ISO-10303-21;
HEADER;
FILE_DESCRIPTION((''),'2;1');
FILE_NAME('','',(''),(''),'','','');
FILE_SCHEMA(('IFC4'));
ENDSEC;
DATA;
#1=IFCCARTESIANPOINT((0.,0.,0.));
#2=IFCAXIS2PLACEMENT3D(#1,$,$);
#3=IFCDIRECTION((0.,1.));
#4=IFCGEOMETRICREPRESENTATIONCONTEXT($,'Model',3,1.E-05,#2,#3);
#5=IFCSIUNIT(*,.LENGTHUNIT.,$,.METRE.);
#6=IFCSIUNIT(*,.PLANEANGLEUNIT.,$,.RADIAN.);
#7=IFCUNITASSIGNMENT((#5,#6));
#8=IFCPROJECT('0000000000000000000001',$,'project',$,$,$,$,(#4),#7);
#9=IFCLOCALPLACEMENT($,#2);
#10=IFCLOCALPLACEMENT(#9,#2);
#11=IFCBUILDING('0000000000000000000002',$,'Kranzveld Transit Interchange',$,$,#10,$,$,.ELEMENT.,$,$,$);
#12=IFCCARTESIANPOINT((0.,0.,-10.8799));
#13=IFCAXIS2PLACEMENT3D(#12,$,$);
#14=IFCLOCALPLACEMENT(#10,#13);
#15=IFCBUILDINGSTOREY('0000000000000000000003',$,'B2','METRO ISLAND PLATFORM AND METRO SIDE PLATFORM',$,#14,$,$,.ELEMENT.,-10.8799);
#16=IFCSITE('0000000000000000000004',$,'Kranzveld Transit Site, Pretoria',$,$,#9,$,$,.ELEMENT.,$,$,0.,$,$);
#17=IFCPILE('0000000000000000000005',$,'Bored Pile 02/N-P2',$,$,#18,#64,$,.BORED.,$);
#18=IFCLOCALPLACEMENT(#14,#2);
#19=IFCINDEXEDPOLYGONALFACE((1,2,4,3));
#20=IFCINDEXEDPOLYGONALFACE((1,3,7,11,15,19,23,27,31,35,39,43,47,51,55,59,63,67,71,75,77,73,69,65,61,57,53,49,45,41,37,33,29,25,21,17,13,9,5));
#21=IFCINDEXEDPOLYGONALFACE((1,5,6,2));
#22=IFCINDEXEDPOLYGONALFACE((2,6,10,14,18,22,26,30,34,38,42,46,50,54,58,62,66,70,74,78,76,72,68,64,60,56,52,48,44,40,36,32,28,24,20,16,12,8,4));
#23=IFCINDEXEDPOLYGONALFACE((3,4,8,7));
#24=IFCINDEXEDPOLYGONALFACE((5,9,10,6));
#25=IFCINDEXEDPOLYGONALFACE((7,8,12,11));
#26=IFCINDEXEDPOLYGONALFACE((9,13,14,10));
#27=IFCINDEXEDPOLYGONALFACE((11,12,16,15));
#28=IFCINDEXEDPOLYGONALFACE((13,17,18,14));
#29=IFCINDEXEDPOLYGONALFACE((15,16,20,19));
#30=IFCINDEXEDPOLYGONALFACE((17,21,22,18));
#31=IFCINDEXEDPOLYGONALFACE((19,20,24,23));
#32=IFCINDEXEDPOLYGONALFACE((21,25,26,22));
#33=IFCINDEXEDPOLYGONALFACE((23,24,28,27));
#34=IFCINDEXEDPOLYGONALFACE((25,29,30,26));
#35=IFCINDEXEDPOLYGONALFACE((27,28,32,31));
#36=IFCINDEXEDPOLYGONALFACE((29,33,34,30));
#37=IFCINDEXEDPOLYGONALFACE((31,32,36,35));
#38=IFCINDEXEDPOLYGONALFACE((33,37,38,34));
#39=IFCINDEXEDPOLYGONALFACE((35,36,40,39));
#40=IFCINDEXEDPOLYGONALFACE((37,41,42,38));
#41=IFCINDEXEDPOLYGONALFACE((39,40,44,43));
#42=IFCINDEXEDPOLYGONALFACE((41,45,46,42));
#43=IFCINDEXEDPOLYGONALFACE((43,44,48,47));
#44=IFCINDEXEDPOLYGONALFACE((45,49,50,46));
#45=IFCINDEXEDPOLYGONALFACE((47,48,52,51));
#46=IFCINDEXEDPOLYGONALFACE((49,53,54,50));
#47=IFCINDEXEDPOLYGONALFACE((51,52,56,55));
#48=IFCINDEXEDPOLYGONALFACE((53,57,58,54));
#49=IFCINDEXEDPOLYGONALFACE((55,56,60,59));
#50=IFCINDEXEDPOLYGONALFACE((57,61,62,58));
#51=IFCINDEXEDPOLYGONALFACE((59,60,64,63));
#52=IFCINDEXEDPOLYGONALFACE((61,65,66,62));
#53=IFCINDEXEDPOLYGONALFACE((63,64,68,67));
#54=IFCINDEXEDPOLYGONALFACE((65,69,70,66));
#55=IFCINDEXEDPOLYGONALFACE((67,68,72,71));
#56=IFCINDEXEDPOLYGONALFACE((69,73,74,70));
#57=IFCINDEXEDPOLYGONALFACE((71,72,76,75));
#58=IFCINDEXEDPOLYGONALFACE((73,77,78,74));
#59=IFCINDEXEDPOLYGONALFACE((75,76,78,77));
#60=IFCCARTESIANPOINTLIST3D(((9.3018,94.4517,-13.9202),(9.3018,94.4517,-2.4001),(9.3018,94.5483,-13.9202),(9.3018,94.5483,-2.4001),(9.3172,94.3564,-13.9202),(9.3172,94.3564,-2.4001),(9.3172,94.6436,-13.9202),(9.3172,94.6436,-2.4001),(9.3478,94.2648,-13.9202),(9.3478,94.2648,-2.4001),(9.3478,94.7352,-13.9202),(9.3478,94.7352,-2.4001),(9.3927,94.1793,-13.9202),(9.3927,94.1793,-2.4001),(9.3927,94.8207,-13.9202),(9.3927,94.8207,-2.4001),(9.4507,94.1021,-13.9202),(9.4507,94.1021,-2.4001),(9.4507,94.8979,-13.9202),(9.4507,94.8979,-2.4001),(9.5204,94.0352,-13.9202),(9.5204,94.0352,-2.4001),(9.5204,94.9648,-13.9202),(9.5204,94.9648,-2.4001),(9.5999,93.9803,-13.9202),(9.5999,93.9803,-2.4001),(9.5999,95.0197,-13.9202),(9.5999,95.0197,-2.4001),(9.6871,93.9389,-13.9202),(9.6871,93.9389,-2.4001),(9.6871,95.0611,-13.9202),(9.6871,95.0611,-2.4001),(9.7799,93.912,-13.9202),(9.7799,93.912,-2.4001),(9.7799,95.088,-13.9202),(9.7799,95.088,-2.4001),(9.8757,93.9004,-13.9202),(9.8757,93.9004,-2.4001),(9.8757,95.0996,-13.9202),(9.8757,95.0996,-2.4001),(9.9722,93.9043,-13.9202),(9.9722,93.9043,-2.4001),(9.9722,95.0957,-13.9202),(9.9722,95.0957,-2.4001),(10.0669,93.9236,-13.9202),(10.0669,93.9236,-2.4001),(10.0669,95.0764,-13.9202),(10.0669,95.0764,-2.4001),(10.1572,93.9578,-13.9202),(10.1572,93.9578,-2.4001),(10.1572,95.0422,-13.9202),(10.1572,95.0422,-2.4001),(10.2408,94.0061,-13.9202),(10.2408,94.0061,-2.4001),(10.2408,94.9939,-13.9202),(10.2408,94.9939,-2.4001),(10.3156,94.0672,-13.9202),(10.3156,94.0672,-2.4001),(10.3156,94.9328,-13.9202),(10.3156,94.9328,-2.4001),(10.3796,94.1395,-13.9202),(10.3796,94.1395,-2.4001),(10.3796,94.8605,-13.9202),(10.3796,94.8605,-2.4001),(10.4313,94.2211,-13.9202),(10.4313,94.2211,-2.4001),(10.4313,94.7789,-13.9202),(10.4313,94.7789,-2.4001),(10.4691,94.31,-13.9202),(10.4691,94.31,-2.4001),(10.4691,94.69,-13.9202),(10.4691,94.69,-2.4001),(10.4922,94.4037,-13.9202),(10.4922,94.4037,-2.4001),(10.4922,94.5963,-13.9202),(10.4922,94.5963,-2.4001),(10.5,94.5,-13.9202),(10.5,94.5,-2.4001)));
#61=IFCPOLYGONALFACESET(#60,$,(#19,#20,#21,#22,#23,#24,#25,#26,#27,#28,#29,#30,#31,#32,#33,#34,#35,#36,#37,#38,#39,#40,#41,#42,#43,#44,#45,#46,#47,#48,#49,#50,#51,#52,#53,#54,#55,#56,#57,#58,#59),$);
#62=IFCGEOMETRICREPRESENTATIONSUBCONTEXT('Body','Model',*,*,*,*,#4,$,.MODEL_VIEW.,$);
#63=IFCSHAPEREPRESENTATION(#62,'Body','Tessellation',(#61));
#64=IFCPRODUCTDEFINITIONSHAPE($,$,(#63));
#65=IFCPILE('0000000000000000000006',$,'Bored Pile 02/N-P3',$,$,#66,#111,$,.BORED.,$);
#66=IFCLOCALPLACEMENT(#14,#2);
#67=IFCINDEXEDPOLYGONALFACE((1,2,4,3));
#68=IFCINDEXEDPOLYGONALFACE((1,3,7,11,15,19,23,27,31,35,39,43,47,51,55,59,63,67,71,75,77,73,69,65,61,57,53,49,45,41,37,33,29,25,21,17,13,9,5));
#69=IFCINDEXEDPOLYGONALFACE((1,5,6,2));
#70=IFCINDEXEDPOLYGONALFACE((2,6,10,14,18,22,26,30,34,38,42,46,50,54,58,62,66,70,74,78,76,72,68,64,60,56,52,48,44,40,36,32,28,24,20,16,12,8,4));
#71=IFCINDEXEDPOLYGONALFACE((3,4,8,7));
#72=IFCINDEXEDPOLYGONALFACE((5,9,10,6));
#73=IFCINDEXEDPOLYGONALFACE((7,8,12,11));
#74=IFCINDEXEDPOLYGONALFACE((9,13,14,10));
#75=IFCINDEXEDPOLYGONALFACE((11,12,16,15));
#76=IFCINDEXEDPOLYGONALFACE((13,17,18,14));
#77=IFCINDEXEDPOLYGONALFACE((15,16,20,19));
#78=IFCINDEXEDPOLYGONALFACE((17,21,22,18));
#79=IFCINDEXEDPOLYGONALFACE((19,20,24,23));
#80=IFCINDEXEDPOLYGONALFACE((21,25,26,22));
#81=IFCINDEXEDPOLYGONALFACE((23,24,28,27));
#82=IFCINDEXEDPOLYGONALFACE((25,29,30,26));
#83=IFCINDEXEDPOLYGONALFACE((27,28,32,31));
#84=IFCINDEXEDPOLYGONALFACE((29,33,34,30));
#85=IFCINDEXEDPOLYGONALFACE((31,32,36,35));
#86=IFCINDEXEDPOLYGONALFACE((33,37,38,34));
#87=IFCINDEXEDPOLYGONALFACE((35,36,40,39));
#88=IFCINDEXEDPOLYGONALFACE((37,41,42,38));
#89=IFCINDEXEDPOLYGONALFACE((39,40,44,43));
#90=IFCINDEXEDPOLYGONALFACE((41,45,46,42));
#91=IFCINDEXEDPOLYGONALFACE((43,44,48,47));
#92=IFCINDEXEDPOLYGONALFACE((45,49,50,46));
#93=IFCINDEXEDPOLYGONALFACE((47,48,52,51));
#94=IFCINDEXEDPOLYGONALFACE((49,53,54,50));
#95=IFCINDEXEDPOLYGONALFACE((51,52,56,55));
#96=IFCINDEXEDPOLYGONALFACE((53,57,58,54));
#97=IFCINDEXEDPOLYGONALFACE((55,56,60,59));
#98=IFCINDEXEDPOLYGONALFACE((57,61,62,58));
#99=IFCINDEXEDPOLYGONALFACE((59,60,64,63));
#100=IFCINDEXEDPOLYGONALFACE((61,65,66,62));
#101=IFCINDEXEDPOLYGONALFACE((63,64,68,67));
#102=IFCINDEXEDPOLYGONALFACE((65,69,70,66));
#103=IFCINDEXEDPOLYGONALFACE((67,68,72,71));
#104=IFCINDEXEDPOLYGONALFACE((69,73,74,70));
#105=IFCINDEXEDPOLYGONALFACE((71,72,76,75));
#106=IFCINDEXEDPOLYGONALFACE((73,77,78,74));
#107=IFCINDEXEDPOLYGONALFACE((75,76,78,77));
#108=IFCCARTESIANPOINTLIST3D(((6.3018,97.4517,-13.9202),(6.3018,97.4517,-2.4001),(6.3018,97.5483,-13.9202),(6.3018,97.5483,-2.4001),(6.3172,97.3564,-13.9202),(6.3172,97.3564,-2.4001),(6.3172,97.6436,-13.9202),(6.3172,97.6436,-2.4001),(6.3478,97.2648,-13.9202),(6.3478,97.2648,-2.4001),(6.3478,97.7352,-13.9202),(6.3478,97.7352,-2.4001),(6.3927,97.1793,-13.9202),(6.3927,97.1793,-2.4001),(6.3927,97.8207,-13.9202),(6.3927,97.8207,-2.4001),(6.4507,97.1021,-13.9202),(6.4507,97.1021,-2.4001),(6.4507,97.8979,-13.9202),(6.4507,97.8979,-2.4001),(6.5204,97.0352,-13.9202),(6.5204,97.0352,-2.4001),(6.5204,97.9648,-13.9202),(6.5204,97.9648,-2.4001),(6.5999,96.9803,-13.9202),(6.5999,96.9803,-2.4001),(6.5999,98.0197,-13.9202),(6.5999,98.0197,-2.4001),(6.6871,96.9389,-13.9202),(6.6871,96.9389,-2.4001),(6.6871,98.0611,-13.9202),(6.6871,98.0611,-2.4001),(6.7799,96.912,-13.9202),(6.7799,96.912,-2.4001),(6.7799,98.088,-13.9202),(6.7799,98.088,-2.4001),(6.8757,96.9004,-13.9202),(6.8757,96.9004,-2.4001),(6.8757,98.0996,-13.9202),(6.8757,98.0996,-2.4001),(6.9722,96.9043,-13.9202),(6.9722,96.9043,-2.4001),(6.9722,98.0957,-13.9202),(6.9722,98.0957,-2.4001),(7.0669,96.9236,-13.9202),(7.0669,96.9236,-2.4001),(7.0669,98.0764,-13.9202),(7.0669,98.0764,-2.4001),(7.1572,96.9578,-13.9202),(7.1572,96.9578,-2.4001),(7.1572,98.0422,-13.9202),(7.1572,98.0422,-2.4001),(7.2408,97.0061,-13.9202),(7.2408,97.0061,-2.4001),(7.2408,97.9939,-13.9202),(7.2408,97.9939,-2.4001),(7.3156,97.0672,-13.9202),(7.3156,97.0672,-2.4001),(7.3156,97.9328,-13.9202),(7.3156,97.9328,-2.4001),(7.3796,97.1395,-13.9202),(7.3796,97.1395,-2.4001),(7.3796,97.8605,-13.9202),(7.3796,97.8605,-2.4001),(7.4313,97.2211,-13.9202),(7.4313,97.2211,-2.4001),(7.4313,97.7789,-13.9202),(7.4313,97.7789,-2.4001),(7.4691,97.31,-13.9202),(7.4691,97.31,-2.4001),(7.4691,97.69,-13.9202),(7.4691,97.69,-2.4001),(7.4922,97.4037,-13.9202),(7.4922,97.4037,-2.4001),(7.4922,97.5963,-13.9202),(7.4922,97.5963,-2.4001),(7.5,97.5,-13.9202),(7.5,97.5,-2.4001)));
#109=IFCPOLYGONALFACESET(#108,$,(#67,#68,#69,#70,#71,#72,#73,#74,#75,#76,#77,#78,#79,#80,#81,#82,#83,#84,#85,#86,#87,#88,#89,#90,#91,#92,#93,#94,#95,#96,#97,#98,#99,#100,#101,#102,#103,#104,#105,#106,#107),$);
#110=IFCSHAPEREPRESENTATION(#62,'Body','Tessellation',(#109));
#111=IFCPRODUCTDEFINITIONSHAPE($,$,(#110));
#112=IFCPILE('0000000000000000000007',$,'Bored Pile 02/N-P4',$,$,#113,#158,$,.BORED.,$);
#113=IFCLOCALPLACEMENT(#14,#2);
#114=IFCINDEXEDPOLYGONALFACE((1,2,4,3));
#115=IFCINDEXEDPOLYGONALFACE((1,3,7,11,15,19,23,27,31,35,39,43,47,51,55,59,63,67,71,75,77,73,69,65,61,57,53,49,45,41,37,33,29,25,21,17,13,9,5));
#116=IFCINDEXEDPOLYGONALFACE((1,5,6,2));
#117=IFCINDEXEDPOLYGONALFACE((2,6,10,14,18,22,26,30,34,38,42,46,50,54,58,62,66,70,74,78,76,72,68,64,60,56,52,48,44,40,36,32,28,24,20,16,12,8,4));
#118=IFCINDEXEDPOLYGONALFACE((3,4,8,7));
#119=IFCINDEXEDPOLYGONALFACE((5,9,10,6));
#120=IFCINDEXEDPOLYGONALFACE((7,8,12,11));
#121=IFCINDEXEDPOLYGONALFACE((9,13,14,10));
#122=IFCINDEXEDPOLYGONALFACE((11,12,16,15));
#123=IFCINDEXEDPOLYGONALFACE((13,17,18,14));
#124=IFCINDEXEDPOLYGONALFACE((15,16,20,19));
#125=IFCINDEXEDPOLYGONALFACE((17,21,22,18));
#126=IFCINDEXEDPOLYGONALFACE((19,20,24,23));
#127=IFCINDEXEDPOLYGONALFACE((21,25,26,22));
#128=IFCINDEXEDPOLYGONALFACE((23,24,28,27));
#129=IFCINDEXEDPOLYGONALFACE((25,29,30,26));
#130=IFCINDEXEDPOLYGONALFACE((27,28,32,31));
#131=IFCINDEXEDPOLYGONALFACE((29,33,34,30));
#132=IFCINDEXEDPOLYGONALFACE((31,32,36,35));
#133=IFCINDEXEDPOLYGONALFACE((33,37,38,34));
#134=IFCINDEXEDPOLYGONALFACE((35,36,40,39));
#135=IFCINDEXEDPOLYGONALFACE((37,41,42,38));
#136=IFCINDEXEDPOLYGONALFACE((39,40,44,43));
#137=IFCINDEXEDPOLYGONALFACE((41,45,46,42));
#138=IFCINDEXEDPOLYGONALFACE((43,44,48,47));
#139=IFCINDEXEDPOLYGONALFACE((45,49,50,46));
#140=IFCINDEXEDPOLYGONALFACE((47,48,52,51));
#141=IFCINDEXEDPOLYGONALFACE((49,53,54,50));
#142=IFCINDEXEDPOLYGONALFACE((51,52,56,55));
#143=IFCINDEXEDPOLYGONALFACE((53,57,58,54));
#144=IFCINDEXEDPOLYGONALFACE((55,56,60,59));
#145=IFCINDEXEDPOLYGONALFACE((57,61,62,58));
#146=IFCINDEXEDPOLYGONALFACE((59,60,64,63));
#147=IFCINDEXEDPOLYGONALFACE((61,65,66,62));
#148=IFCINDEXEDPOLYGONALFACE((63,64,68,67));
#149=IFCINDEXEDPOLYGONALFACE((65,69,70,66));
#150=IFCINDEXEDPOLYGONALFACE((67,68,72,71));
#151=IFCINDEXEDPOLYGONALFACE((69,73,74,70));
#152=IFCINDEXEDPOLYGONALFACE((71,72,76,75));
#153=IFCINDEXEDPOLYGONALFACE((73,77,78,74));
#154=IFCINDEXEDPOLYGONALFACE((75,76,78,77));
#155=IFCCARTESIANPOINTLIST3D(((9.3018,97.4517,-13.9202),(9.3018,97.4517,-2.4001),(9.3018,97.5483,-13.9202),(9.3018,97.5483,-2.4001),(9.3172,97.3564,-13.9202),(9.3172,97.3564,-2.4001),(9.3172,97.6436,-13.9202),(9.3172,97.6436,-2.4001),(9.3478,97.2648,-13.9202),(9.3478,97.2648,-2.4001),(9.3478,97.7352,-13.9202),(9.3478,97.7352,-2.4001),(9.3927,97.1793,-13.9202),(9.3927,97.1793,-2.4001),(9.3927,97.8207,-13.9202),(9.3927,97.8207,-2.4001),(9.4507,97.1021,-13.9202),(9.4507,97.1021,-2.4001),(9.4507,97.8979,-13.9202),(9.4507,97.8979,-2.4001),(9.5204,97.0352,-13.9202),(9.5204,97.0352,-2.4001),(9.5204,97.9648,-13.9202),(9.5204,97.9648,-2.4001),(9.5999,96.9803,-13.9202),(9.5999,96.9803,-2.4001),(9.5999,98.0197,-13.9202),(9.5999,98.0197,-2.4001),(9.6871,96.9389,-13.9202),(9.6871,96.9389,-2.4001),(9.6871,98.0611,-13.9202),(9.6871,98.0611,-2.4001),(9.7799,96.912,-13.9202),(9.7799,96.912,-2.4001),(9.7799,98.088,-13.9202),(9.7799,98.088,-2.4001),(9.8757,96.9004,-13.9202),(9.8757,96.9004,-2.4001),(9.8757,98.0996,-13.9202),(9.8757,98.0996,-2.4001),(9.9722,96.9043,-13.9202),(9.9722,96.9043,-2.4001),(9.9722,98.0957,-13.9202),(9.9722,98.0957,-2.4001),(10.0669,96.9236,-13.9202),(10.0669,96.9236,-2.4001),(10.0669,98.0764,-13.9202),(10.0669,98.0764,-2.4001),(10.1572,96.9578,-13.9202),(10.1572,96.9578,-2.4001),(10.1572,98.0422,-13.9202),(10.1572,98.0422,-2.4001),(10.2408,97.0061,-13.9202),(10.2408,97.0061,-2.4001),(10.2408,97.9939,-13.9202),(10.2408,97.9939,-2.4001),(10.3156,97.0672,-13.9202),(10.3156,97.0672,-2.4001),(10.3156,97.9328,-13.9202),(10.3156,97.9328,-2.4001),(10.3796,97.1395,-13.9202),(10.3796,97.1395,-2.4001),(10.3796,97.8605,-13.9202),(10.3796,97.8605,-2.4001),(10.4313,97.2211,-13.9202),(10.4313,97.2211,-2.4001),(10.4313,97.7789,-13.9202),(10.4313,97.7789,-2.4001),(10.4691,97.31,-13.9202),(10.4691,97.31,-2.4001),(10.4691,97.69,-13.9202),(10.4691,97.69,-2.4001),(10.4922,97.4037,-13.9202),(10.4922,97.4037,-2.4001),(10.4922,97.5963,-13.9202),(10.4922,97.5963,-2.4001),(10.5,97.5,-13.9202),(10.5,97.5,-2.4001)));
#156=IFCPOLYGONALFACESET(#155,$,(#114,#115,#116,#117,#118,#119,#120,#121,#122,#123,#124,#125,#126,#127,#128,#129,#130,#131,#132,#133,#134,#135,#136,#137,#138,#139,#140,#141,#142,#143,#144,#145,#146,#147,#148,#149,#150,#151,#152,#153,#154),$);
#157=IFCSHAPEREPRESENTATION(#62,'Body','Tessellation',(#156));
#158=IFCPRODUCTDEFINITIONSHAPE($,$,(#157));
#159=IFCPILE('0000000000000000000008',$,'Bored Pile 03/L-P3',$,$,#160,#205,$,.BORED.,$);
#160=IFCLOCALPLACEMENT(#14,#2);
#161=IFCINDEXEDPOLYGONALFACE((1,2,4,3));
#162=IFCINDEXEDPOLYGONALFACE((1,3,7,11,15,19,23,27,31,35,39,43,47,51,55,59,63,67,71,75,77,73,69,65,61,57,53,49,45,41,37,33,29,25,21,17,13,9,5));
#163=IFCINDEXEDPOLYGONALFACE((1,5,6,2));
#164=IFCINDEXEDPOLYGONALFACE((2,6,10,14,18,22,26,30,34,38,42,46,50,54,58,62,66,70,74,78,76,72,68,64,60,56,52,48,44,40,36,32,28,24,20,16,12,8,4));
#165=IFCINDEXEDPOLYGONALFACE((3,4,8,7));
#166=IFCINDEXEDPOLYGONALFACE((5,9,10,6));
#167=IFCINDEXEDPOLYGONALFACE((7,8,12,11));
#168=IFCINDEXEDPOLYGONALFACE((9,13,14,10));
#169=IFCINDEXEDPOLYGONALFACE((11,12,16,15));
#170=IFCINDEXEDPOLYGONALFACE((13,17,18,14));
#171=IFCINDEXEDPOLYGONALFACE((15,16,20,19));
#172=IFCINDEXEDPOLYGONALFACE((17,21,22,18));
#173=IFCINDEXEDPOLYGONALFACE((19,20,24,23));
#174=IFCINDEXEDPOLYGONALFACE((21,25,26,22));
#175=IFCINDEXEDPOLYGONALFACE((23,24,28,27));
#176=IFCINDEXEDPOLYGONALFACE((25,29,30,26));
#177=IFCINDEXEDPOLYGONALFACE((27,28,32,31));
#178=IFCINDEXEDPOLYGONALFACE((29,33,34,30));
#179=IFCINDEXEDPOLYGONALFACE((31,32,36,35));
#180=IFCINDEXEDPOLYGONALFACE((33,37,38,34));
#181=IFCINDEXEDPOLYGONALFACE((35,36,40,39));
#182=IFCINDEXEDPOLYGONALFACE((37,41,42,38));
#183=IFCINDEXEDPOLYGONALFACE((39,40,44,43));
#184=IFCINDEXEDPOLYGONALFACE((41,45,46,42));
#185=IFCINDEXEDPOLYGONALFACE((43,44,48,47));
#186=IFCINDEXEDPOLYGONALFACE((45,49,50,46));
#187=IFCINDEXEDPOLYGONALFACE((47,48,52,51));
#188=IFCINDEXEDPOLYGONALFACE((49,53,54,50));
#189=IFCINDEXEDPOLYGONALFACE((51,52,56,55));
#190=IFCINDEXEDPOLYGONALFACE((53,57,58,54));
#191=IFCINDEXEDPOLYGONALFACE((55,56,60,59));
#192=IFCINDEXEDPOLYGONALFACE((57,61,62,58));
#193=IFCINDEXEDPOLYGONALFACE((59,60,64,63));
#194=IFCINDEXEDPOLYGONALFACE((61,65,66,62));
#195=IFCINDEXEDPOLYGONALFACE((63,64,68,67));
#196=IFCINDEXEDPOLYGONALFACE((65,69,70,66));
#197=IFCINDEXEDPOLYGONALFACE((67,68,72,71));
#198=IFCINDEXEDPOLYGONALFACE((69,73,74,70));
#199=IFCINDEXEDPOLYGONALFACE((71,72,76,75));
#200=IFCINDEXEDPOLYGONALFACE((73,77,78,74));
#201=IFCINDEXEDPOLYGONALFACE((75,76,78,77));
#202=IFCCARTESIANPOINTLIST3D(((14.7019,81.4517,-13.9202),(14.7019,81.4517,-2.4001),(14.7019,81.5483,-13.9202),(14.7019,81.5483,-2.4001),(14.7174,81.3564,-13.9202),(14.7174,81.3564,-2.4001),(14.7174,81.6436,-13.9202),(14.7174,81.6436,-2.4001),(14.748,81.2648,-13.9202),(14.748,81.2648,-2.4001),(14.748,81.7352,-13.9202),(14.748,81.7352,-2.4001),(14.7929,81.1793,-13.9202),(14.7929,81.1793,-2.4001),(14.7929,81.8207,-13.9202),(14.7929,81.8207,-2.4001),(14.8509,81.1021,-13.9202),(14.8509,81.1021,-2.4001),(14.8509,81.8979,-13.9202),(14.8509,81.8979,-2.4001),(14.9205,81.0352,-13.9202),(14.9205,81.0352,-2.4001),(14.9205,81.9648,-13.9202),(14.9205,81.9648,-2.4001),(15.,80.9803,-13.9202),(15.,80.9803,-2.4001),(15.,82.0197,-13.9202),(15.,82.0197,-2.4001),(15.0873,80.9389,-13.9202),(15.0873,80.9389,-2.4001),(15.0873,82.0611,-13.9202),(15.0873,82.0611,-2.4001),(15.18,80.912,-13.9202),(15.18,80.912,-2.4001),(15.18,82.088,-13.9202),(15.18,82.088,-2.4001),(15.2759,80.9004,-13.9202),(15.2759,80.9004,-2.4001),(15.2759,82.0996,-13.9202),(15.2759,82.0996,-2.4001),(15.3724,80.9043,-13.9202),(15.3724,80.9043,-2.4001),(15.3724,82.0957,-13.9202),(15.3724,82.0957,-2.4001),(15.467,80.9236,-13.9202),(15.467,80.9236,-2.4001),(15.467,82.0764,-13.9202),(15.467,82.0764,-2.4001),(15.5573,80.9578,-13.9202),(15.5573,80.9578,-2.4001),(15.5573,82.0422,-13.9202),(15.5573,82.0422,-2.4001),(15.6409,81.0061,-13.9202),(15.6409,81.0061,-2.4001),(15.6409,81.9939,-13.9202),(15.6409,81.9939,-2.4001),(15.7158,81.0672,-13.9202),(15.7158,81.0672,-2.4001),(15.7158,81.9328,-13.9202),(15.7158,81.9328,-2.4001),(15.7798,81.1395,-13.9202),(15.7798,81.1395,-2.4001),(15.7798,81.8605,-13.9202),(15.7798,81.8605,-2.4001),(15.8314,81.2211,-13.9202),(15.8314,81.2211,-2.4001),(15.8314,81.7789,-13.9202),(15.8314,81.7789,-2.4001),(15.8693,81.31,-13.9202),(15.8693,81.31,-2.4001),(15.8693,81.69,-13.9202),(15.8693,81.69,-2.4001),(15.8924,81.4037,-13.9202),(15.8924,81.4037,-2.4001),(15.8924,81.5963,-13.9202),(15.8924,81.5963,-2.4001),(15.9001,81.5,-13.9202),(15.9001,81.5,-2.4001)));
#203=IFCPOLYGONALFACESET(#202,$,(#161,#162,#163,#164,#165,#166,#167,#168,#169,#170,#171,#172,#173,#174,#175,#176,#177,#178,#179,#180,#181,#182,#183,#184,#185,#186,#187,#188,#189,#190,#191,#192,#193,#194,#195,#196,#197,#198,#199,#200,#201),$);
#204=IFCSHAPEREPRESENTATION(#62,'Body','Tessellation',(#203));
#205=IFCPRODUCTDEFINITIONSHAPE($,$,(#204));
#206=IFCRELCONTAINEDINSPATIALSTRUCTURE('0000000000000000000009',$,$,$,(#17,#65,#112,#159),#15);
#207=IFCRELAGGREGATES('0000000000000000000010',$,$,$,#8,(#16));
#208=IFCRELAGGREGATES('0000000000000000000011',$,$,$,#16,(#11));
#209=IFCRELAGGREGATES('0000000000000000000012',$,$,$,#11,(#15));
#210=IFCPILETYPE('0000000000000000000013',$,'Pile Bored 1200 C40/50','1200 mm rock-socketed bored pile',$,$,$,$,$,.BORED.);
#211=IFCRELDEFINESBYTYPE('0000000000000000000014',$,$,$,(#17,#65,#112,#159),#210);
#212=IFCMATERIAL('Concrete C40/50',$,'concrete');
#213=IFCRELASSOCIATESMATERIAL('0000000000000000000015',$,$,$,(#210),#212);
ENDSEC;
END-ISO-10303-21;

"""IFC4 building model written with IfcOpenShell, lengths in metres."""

from ifc_helpers import new_model, si_unit, direction, frame, origin, origin_2d, place, context, subcontext, project, spatial, circle, extrude, material, material_profile, profile_set, type_object, element, save


model = new_model("IFC4")

# Units and contexts
model_context = context("Model", 3, precision=1e-05, world=origin(), true_north=direction((0.0, 1.0)))
body_context = subcontext(model_context, "Body", "Model", "MODEL_VIEW")
ifc_project = project(units=[si_unit("LENGTHUNIT", "METRE"), si_unit("PLANEANGLEUNIT", "RADIAN")], contexts=[model_context])

# Site, building, storey
site_placement = place(None, origin())
site = spatial("IfcSite", under=ifc_project, at=site_placement, Name="Kranzveld Transit Site, Pretoria", CompositionType="ELEMENT", RefElevation=0.0)
building_placement = place(site_placement, origin())
building = spatial("IfcBuilding", under=site, at=building_placement, Name="Kranzveld Transit Interchange", CompositionType="ELEMENT")
storey_placement = place(building_placement, frame((0.0, 0.0, -10.8799)))
storey = spatial("IfcBuildingStorey", under=building, at=storey_placement, Name="B2", Description="METRO ISLAND PLATFORM AND METRO SIDE PLATFORM", CompositionType="ELEMENT", Elevation=-10.8799)

# Piles
ifc_material_1 = material(Name="Concrete C40/50", Category="concrete")
ifc_material_profile_1 = material_profile(ifc_material_1, circle(Radius=0.6001, at=origin_2d()), Name="BORED PILE 1200")
ifc_profile_set_1 = profile_set([ifc_material_profile_1], Name="Concrete C40/50")
pile_type = type_object("IfcPileType", Name="Pile Bored 1200 C40/50", Description="1200 mm rock-socketed bored pile", PredefinedType="BORED", material=ifc_profile_set_1)
for number, where, z_axis, x_axis, name in (
    (1, (9.8999, 94.5, -2.4001), (0.0, 0.0, -1.0), (1.0, 0.0, 0.0), "Bored Pile 02/N-P2"),
    (2, (6.8999, 97.5, -2.4001), (0.0, 0.0, -1.0), (1.0, 0.0, 0.0), "Bored Pile 02/N-P3"),
    (3, (9.8999, 97.5, -2.4001), (0.0, 0.0, -1.0), (1.0, 0.0, 0.0), "Bored Pile 02/N-P4"),
    (4, (15.3, 81.5, -2.4001), (0.0, 0.0, -1.0), (1.0, 0.0, 0.0), "Bored Pile 03/L-P3"),
):
    element("IfcPile", number, at=place(storey_placement, frame(where, z_axis=z_axis, x_axis=x_axis)), inside=storey, type_object=pile_type, Name=name, PredefinedType="BORED", context=body_context, shape_type="SweptSolid", body=[
        extrude(circle(Radius=0.6001, at=origin_2d()), origin(), (0.0, 0.0, 1.0), 11.52),
    ])

save(model, "model.ifc")
